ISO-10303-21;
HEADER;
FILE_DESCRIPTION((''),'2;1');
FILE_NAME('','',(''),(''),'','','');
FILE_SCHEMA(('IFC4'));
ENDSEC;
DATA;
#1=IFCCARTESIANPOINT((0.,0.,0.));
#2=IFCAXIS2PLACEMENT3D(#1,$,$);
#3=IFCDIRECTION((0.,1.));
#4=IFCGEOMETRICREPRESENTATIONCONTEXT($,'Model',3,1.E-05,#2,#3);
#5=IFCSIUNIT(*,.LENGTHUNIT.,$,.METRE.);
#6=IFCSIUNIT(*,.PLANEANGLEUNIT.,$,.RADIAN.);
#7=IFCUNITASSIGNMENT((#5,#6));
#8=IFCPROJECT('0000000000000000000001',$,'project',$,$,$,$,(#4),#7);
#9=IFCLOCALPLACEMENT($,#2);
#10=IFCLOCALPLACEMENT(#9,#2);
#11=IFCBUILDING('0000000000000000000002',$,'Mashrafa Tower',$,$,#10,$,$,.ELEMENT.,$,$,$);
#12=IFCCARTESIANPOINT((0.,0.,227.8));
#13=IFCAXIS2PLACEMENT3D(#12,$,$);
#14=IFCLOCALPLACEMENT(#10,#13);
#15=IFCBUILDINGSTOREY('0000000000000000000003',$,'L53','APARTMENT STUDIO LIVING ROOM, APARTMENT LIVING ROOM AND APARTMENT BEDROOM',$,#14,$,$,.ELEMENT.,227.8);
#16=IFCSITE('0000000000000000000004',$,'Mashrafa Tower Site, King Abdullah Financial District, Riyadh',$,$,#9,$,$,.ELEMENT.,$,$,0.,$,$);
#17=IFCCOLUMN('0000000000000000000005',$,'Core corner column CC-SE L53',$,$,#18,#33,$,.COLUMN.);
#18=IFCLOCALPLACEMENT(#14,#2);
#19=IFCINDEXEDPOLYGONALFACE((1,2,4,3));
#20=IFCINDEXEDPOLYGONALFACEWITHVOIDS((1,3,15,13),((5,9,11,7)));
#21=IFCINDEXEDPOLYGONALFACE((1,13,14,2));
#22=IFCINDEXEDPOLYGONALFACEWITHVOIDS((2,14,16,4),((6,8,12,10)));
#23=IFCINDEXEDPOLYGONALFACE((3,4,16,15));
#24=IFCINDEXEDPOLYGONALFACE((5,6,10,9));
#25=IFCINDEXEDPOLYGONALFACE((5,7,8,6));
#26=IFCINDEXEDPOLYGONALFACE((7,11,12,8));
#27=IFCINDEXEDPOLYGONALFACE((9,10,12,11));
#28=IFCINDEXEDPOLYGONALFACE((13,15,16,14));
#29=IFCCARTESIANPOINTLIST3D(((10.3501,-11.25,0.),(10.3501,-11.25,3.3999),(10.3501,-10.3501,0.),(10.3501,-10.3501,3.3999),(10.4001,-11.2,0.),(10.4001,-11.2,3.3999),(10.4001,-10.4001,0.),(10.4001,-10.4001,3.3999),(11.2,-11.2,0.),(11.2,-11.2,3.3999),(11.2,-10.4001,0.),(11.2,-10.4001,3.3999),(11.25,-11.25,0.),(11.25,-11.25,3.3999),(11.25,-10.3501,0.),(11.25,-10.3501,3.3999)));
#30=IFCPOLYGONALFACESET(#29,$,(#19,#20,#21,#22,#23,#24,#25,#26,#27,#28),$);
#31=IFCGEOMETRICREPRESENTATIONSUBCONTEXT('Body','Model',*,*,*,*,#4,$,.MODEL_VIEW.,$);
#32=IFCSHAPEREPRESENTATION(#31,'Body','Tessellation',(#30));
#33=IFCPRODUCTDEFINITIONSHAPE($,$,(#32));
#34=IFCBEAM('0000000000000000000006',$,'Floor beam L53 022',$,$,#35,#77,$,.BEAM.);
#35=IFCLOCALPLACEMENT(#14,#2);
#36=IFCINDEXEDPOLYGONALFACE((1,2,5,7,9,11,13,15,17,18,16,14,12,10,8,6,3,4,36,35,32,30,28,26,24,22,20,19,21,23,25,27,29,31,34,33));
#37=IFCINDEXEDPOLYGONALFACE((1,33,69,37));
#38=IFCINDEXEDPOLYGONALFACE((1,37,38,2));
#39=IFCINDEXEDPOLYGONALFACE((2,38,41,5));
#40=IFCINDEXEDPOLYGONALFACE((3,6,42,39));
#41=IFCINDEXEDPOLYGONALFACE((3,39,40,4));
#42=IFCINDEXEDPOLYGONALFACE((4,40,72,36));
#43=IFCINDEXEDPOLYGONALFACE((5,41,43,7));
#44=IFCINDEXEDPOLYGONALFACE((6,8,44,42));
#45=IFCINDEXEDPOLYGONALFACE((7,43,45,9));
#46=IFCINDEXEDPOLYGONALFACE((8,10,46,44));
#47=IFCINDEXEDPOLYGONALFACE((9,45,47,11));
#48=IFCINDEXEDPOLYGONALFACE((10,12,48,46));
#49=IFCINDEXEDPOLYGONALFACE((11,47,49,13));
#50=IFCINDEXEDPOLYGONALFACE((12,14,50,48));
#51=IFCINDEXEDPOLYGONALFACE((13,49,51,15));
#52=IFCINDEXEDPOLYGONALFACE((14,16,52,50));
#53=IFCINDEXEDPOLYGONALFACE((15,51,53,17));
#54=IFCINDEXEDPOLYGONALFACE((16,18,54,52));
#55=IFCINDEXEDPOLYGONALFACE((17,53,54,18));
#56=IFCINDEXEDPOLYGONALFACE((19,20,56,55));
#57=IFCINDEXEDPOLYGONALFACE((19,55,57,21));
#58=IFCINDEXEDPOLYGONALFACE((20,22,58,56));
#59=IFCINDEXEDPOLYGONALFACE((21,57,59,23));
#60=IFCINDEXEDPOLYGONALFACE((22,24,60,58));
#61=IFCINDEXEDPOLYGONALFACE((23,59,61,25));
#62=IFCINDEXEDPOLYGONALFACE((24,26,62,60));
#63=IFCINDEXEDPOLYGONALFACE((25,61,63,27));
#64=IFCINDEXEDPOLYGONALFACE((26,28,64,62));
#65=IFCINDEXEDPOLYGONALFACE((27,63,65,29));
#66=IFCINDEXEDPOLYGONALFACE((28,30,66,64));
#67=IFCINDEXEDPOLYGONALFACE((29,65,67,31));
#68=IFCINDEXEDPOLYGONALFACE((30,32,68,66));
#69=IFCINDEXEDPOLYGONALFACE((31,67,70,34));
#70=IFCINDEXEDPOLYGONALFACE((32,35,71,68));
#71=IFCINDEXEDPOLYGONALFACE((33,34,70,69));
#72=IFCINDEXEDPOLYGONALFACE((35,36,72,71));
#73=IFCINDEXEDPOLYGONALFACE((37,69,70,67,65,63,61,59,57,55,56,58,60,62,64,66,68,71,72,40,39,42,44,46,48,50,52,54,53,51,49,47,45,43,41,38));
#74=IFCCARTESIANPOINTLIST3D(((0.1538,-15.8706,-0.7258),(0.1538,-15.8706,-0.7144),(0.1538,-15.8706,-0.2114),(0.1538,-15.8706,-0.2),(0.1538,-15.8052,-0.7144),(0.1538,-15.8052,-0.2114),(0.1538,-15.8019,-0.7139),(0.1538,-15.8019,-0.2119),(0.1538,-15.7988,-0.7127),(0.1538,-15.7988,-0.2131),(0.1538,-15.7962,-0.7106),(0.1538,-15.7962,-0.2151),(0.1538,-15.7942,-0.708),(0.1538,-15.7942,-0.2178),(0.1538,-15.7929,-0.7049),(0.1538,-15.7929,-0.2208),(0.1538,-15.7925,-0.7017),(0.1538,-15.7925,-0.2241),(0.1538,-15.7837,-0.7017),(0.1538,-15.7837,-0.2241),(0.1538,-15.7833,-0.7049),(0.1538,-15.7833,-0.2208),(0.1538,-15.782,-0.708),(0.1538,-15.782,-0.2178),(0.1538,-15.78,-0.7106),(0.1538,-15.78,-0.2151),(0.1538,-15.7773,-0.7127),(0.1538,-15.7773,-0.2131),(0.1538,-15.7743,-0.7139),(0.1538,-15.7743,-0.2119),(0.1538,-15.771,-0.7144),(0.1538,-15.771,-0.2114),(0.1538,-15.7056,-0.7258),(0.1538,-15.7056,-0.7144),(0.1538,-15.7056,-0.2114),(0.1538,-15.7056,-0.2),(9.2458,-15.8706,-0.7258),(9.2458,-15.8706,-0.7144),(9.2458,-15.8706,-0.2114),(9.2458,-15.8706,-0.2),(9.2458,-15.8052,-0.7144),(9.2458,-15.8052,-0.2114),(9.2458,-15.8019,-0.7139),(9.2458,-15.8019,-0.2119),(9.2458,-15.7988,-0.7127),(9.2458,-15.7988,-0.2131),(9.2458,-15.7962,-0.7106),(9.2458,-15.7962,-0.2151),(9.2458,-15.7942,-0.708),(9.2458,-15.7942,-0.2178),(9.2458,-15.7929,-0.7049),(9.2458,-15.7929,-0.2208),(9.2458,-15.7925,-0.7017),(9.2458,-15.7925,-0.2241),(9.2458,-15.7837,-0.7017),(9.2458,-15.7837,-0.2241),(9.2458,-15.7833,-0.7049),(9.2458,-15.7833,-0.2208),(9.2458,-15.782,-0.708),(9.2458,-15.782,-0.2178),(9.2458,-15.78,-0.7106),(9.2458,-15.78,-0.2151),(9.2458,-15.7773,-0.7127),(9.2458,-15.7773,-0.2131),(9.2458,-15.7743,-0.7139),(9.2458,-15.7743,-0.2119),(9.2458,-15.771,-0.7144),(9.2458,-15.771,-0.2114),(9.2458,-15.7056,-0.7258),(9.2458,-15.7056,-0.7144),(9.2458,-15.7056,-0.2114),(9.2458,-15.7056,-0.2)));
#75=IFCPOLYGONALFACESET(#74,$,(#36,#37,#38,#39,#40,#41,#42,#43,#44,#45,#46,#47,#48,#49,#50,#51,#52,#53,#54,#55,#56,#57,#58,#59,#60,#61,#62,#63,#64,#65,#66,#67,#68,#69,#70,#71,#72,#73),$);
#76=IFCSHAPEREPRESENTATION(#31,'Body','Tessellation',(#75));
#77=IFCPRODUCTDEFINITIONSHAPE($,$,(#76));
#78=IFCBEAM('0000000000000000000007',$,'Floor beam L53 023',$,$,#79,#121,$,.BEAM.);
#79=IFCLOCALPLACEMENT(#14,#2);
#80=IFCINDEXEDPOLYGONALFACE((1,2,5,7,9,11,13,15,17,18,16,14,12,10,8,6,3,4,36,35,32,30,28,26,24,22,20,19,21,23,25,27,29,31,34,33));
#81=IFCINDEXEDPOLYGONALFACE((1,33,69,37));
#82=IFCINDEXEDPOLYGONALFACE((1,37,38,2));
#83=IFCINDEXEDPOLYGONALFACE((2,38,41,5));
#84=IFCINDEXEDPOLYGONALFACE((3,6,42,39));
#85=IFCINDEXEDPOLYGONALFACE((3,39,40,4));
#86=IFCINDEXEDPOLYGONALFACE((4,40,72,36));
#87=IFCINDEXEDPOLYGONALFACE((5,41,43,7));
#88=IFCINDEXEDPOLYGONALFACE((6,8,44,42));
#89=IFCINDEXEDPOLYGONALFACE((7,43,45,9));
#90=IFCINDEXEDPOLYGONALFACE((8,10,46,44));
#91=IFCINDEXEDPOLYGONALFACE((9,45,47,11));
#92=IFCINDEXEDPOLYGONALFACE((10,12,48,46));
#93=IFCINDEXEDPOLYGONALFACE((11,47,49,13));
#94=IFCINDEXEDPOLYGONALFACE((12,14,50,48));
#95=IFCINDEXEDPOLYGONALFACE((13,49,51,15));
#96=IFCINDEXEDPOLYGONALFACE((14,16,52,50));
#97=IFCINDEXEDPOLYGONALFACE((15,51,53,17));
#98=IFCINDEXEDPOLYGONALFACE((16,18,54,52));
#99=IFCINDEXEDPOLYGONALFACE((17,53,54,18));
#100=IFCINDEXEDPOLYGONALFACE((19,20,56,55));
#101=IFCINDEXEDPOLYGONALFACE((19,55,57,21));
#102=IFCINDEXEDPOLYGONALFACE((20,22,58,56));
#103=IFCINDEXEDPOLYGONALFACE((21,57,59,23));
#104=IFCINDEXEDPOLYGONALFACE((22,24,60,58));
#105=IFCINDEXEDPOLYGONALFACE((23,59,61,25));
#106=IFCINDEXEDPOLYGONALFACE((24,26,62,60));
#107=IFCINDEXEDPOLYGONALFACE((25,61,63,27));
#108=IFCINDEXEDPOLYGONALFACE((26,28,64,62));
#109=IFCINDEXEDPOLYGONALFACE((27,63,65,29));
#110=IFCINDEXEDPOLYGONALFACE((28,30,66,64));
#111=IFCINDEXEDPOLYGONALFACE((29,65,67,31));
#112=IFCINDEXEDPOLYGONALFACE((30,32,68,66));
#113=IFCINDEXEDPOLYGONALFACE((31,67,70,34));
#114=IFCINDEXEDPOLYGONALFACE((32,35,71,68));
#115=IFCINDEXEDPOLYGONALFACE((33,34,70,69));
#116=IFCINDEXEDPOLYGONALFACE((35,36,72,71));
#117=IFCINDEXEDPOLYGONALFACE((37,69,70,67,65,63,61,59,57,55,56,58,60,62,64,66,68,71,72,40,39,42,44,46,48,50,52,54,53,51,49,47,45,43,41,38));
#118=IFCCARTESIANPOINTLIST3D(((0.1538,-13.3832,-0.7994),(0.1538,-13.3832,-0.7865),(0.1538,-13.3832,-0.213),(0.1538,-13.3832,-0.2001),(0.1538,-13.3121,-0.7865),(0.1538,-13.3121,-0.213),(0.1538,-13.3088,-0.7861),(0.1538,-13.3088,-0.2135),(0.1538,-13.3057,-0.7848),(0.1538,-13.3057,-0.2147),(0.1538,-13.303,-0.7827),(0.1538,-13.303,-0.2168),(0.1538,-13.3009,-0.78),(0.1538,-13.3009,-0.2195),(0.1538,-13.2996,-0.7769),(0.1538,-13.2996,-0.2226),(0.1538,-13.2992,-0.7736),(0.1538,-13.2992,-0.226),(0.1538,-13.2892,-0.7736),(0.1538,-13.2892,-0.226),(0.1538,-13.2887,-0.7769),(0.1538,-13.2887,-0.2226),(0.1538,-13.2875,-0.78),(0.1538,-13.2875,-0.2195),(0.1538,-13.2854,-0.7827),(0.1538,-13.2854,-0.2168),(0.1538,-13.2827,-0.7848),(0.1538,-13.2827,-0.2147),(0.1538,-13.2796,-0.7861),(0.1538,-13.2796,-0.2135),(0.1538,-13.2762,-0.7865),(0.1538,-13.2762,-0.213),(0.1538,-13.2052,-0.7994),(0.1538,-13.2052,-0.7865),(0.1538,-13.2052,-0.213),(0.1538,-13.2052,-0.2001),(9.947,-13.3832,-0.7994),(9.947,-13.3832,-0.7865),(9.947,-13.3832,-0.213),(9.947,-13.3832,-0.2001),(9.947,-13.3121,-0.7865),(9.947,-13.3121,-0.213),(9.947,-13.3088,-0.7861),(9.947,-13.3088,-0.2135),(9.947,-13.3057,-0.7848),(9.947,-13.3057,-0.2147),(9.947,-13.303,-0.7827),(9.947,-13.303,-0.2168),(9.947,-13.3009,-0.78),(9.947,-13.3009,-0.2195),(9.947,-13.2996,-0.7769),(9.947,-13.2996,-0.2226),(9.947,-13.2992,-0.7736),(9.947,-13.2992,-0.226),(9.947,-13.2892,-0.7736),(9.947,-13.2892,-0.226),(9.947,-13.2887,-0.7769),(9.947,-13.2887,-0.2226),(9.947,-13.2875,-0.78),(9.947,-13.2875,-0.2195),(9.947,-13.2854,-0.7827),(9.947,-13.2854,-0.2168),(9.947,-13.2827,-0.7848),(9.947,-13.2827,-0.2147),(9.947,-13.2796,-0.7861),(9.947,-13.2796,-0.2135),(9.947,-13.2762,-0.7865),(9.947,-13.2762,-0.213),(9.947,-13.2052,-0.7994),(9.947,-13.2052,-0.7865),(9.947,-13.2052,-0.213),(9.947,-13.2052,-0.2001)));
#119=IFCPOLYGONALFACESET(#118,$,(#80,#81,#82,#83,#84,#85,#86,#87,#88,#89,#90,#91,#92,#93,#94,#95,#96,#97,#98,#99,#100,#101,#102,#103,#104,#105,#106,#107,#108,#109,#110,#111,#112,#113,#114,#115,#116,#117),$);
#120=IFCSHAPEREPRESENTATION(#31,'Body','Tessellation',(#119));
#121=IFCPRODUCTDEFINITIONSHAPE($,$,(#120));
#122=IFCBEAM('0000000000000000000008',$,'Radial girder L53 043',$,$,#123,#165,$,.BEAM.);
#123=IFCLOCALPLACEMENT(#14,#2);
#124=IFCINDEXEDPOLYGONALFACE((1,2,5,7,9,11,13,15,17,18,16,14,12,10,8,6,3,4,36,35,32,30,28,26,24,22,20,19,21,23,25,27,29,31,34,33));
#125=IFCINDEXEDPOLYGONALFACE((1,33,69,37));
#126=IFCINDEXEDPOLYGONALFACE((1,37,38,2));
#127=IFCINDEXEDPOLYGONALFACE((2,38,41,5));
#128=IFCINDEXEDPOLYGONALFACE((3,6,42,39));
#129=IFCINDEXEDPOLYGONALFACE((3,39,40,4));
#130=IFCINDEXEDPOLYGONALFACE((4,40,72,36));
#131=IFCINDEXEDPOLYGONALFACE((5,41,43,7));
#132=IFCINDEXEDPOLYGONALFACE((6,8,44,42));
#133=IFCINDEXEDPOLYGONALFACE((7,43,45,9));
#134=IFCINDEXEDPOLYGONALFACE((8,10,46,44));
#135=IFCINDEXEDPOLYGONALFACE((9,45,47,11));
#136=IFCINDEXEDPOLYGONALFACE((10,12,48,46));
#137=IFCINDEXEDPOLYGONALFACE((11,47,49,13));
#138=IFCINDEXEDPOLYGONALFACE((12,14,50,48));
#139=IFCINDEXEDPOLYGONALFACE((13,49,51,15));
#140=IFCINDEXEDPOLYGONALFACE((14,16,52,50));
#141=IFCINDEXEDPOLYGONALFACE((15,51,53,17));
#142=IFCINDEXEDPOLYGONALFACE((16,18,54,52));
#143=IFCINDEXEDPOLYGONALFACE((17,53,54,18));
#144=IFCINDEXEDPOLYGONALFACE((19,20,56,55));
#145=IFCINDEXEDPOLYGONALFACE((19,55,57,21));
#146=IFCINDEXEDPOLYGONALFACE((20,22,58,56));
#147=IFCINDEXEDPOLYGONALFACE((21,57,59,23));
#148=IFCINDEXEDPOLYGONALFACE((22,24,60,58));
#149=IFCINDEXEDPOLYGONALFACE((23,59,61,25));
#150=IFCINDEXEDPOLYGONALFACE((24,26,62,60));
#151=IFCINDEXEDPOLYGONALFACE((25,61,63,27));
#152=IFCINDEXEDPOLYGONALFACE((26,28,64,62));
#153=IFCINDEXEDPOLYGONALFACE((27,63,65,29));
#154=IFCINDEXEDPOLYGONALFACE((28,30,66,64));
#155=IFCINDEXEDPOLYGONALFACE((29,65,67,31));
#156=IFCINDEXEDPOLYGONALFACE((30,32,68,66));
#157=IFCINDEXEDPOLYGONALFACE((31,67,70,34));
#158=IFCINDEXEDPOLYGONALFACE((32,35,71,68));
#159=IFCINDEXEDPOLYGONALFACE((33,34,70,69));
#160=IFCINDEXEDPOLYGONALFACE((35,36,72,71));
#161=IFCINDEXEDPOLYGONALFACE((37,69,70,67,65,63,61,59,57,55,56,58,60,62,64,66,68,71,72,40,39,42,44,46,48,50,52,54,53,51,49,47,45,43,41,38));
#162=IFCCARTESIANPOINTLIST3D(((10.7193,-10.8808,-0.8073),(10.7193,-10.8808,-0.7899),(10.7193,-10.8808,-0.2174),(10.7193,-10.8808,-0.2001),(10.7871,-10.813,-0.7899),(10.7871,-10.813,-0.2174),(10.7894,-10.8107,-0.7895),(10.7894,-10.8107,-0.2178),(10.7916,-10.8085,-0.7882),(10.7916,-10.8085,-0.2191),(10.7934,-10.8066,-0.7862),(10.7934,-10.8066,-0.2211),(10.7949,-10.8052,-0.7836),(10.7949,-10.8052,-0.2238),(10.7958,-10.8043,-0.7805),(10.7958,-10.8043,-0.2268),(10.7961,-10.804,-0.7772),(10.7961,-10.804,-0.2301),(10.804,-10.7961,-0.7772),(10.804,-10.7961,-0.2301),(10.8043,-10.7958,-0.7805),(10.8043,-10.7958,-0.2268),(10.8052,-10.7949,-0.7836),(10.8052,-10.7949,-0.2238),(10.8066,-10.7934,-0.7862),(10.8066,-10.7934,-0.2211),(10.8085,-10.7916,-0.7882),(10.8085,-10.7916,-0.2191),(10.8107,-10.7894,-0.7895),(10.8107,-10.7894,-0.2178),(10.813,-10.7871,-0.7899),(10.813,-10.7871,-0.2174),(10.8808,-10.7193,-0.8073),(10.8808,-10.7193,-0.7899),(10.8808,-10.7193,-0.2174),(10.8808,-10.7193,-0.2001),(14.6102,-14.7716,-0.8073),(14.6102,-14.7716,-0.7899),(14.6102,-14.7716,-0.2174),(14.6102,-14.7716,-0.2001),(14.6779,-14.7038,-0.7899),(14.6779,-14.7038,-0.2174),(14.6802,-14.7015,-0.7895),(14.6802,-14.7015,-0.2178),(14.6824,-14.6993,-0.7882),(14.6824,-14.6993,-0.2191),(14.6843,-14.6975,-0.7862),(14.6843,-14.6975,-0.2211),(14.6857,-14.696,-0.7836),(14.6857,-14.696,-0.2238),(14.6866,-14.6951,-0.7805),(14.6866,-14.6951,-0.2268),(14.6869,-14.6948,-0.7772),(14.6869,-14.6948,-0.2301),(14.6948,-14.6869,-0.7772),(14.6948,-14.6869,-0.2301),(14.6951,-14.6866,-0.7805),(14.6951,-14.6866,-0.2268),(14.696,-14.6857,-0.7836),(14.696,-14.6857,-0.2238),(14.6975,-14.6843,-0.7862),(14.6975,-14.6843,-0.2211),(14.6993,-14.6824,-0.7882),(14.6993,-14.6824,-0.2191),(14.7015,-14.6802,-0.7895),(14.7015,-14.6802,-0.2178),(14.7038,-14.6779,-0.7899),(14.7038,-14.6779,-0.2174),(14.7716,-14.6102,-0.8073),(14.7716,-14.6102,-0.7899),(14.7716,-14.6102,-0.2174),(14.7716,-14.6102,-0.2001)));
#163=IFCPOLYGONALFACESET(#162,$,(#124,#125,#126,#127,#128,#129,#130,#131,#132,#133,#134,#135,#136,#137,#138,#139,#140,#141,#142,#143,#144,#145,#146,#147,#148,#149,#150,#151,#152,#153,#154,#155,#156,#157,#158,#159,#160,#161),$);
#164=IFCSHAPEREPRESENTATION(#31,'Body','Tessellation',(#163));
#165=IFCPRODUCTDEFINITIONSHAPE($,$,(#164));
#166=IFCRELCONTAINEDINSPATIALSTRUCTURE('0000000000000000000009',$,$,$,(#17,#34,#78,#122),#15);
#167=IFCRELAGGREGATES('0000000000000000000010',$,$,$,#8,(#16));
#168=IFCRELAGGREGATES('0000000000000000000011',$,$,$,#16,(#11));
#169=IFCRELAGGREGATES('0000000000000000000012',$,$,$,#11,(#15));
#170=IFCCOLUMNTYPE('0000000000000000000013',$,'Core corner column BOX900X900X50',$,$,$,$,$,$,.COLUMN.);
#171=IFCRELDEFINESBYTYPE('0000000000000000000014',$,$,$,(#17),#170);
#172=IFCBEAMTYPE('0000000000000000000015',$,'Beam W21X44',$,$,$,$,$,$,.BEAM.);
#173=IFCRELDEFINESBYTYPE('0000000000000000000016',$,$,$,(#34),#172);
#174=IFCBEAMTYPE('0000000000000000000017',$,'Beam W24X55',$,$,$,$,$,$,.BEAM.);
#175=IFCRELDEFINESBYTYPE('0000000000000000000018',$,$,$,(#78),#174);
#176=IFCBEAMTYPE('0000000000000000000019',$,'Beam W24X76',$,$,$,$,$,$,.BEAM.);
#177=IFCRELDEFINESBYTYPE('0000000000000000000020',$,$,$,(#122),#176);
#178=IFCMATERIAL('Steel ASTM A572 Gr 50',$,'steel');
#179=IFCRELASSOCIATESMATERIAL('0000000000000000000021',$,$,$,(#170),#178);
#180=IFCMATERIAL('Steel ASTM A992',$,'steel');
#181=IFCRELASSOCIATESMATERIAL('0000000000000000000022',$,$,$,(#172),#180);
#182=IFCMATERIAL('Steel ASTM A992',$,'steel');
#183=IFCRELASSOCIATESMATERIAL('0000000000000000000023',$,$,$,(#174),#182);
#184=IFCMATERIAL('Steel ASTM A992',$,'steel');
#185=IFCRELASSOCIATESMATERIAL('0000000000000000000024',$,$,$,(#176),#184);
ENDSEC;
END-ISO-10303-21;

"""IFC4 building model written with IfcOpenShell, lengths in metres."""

from ifc_helpers import new_model, si_unit, direction, frame, origin, origin_2d, place, context, subcontext, project, spatial, hollow_rectangle, i_section, extrude, material, material_profile, profile_set, type_object, element, save


model = new_model("IFC4")

# Units and contexts
model_context = context("Model", 3, precision=1e-05, world=origin(), true_north=direction((0.0, 1.0)))
body_context = subcontext(model_context, "Body", "Model", "MODEL_VIEW")
ifc_project = project(units=[si_unit("LENGTHUNIT", "METRE"), si_unit("PLANEANGLEUNIT", "RADIAN")], contexts=[model_context])

# Site, building, storey
site_placement = place(None, origin())
site = spatial("IfcSite", under=ifc_project, at=site_placement, Name="Mashrafa Tower Site, King Abdullah Financial District, Riyadh", CompositionType="ELEMENT", RefElevation=0.0)
building_placement = place(site_placement, origin())
building = spatial("IfcBuilding", under=site, at=building_placement, Name="Mashrafa Tower", CompositionType="ELEMENT")
storey_placement = place(building_placement, frame((0.0, 0.0, 227.8)))
storey = spatial("IfcBuildingStorey", under=building, at=storey_placement, Name="L53", Description="APARTMENT STUDIO LIVING ROOM, APARTMENT LIVING ROOM AND APARTMENT BEDROOM", CompositionType="ELEMENT", Elevation=227.8)

# Column
ifc_material_1 = material(Name="Steel ASTM A572 Gr 50", Category="steel")
ifc_material_profile_1 = material_profile(ifc_material_1, hollow_rectangle(XDim=0.8999, YDim=0.8999, WallThickness=0.05, at=origin_2d()), Name="BOX900X900X50")
ifc_profile_set_1 = profile_set([ifc_material_profile_1], Name="Steel ASTM A572 Gr 50")
column_type = type_object("IfcColumnType", Name="Core corner column BOX900X900X50", PredefinedType="COLUMN", material=ifc_profile_set_1)
column_placement = place(storey_placement, frame((10.8, -10.8, 0.0), z_axis=(0.0, 0.0, 1.0), x_axis=(1.0, 0.0, 0.0)))
element("IfcColumn", 1, at=column_placement, inside=storey, type_object=column_type, Name="Core corner column CC-SE L53", PredefinedType="COLUMN", context=body_context, shape_type="SweptSolid", body=[
    extrude(hollow_rectangle(XDim=0.8999, YDim=0.8999, WallThickness=0.05, at=origin_2d()), origin(), (0.0, 0.0, 1.0), 3.3999),
])

# Beams
ifc_material_2 = material(Name="Steel ASTM A992", Category="steel")
ifc_material_profile_2 = material_profile(ifc_material_2, i_section(OverallWidth=0.165, OverallDepth=0.5259, WebThickness=0.0088, FlangeThickness=0.0115, FilletRadius=0.0127, at=origin_2d()), Name="W21X44")
ifc_profile_set_2 = profile_set([ifc_material_profile_2], Name="Steel ASTM A992")
beam_type_1 = type_object("IfcBeamType", Name="Beam W21X44", PredefinedType="BEAM", material=ifc_profile_set_2)
beam_1_placement = place(storey_placement, frame((9.2458, -15.7881, -0.4629), z_axis=(-1.0, 0.0, 0.0), x_axis=(0.0, -1.0, 0.0)))
element("IfcBeam", 2, at=beam_1_placement, inside=storey, type_object=beam_type_1, Name="Floor beam L53 022", PredefinedType="BEAM", context=body_context, shape_type="SweptSolid", body=[
    extrude(i_section(OverallWidth=0.165, OverallDepth=0.5259, WebThickness=0.0088, FlangeThickness=0.0115, FilletRadius=0.0127, at=origin_2d()), origin(), (0.0, 0.0, 1.0), 9.092),
])
ifc_material_3 = material(Name="Steel ASTM A992", Category="steel")
ifc_material_profile_3 = material_profile(ifc_material_3, i_section(OverallWidth=0.178, OverallDepth=0.5994, WebThickness=0.01, FlangeThickness=0.0129, FilletRadius=0.0129, at=origin_2d()), Name="W24X55")
ifc_profile_set_3 = profile_set([ifc_material_profile_3], Name="Steel ASTM A992")
beam_type_2 = type_object("IfcBeamType", Name="Beam W24X55", PredefinedType="BEAM", material=ifc_profile_set_3)
beam_2_placement = place(storey_placement, frame((9.947, -13.2942, -0.4998), z_axis=(-1.0, 0.0, 0.0), x_axis=(0.0, -1.0, 0.0)))
element("IfcBeam", 3, at=beam_2_placement, inside=storey, type_object=beam_type_2, Name="Floor beam L53 023", PredefinedType="BEAM", context=body_context, shape_type="SweptSolid", body=[
    extrude(i_section(OverallWidth=0.178, OverallDepth=0.5994, WebThickness=0.01, FlangeThickness=0.0129, FilletRadius=0.0129, at=origin_2d()), origin(), (0.0, 0.0, 1.0), 9.7932),
])
ifc_material_4 = material(Name="Steel ASTM A992", Category="steel")
ifc_material_profile_4 = material_profile(ifc_material_4, i_section(OverallWidth=0.2283, OverallDepth=0.6072, WebThickness=0.0112, FlangeThickness=0.0173, FilletRadius=0.0127, at=origin_2d()), Name="W24X76")
ifc_profile_set_4 = profile_set([ifc_material_profile_4], Name="Steel ASTM A992")
beam_type_3 = type_object("IfcBeamType", Name="Beam W24X76", PredefinedType="BEAM", material=ifc_profile_set_4)
beam_3_placement = place(storey_placement, frame((10.8, -10.8, -0.5037), z_axis=(0.707107, -0.707107, 0.0), x_axis=(0.707107, 0.707107, 0.0)))
element("IfcBeam", 4, at=beam_3_placement, inside=storey, type_object=beam_type_3, Name="Radial girder L53 043", PredefinedType="BEAM", context=body_context, shape_type="SweptSolid", body=[
    extrude(i_section(OverallWidth=0.2283, OverallDepth=0.6072, WebThickness=0.0112, FlangeThickness=0.0173, FilletRadius=0.0127, at=origin_2d()), origin(), (0.0, 0.0, 1.0), 5.5024),
])

save(model, "model.ifc")
